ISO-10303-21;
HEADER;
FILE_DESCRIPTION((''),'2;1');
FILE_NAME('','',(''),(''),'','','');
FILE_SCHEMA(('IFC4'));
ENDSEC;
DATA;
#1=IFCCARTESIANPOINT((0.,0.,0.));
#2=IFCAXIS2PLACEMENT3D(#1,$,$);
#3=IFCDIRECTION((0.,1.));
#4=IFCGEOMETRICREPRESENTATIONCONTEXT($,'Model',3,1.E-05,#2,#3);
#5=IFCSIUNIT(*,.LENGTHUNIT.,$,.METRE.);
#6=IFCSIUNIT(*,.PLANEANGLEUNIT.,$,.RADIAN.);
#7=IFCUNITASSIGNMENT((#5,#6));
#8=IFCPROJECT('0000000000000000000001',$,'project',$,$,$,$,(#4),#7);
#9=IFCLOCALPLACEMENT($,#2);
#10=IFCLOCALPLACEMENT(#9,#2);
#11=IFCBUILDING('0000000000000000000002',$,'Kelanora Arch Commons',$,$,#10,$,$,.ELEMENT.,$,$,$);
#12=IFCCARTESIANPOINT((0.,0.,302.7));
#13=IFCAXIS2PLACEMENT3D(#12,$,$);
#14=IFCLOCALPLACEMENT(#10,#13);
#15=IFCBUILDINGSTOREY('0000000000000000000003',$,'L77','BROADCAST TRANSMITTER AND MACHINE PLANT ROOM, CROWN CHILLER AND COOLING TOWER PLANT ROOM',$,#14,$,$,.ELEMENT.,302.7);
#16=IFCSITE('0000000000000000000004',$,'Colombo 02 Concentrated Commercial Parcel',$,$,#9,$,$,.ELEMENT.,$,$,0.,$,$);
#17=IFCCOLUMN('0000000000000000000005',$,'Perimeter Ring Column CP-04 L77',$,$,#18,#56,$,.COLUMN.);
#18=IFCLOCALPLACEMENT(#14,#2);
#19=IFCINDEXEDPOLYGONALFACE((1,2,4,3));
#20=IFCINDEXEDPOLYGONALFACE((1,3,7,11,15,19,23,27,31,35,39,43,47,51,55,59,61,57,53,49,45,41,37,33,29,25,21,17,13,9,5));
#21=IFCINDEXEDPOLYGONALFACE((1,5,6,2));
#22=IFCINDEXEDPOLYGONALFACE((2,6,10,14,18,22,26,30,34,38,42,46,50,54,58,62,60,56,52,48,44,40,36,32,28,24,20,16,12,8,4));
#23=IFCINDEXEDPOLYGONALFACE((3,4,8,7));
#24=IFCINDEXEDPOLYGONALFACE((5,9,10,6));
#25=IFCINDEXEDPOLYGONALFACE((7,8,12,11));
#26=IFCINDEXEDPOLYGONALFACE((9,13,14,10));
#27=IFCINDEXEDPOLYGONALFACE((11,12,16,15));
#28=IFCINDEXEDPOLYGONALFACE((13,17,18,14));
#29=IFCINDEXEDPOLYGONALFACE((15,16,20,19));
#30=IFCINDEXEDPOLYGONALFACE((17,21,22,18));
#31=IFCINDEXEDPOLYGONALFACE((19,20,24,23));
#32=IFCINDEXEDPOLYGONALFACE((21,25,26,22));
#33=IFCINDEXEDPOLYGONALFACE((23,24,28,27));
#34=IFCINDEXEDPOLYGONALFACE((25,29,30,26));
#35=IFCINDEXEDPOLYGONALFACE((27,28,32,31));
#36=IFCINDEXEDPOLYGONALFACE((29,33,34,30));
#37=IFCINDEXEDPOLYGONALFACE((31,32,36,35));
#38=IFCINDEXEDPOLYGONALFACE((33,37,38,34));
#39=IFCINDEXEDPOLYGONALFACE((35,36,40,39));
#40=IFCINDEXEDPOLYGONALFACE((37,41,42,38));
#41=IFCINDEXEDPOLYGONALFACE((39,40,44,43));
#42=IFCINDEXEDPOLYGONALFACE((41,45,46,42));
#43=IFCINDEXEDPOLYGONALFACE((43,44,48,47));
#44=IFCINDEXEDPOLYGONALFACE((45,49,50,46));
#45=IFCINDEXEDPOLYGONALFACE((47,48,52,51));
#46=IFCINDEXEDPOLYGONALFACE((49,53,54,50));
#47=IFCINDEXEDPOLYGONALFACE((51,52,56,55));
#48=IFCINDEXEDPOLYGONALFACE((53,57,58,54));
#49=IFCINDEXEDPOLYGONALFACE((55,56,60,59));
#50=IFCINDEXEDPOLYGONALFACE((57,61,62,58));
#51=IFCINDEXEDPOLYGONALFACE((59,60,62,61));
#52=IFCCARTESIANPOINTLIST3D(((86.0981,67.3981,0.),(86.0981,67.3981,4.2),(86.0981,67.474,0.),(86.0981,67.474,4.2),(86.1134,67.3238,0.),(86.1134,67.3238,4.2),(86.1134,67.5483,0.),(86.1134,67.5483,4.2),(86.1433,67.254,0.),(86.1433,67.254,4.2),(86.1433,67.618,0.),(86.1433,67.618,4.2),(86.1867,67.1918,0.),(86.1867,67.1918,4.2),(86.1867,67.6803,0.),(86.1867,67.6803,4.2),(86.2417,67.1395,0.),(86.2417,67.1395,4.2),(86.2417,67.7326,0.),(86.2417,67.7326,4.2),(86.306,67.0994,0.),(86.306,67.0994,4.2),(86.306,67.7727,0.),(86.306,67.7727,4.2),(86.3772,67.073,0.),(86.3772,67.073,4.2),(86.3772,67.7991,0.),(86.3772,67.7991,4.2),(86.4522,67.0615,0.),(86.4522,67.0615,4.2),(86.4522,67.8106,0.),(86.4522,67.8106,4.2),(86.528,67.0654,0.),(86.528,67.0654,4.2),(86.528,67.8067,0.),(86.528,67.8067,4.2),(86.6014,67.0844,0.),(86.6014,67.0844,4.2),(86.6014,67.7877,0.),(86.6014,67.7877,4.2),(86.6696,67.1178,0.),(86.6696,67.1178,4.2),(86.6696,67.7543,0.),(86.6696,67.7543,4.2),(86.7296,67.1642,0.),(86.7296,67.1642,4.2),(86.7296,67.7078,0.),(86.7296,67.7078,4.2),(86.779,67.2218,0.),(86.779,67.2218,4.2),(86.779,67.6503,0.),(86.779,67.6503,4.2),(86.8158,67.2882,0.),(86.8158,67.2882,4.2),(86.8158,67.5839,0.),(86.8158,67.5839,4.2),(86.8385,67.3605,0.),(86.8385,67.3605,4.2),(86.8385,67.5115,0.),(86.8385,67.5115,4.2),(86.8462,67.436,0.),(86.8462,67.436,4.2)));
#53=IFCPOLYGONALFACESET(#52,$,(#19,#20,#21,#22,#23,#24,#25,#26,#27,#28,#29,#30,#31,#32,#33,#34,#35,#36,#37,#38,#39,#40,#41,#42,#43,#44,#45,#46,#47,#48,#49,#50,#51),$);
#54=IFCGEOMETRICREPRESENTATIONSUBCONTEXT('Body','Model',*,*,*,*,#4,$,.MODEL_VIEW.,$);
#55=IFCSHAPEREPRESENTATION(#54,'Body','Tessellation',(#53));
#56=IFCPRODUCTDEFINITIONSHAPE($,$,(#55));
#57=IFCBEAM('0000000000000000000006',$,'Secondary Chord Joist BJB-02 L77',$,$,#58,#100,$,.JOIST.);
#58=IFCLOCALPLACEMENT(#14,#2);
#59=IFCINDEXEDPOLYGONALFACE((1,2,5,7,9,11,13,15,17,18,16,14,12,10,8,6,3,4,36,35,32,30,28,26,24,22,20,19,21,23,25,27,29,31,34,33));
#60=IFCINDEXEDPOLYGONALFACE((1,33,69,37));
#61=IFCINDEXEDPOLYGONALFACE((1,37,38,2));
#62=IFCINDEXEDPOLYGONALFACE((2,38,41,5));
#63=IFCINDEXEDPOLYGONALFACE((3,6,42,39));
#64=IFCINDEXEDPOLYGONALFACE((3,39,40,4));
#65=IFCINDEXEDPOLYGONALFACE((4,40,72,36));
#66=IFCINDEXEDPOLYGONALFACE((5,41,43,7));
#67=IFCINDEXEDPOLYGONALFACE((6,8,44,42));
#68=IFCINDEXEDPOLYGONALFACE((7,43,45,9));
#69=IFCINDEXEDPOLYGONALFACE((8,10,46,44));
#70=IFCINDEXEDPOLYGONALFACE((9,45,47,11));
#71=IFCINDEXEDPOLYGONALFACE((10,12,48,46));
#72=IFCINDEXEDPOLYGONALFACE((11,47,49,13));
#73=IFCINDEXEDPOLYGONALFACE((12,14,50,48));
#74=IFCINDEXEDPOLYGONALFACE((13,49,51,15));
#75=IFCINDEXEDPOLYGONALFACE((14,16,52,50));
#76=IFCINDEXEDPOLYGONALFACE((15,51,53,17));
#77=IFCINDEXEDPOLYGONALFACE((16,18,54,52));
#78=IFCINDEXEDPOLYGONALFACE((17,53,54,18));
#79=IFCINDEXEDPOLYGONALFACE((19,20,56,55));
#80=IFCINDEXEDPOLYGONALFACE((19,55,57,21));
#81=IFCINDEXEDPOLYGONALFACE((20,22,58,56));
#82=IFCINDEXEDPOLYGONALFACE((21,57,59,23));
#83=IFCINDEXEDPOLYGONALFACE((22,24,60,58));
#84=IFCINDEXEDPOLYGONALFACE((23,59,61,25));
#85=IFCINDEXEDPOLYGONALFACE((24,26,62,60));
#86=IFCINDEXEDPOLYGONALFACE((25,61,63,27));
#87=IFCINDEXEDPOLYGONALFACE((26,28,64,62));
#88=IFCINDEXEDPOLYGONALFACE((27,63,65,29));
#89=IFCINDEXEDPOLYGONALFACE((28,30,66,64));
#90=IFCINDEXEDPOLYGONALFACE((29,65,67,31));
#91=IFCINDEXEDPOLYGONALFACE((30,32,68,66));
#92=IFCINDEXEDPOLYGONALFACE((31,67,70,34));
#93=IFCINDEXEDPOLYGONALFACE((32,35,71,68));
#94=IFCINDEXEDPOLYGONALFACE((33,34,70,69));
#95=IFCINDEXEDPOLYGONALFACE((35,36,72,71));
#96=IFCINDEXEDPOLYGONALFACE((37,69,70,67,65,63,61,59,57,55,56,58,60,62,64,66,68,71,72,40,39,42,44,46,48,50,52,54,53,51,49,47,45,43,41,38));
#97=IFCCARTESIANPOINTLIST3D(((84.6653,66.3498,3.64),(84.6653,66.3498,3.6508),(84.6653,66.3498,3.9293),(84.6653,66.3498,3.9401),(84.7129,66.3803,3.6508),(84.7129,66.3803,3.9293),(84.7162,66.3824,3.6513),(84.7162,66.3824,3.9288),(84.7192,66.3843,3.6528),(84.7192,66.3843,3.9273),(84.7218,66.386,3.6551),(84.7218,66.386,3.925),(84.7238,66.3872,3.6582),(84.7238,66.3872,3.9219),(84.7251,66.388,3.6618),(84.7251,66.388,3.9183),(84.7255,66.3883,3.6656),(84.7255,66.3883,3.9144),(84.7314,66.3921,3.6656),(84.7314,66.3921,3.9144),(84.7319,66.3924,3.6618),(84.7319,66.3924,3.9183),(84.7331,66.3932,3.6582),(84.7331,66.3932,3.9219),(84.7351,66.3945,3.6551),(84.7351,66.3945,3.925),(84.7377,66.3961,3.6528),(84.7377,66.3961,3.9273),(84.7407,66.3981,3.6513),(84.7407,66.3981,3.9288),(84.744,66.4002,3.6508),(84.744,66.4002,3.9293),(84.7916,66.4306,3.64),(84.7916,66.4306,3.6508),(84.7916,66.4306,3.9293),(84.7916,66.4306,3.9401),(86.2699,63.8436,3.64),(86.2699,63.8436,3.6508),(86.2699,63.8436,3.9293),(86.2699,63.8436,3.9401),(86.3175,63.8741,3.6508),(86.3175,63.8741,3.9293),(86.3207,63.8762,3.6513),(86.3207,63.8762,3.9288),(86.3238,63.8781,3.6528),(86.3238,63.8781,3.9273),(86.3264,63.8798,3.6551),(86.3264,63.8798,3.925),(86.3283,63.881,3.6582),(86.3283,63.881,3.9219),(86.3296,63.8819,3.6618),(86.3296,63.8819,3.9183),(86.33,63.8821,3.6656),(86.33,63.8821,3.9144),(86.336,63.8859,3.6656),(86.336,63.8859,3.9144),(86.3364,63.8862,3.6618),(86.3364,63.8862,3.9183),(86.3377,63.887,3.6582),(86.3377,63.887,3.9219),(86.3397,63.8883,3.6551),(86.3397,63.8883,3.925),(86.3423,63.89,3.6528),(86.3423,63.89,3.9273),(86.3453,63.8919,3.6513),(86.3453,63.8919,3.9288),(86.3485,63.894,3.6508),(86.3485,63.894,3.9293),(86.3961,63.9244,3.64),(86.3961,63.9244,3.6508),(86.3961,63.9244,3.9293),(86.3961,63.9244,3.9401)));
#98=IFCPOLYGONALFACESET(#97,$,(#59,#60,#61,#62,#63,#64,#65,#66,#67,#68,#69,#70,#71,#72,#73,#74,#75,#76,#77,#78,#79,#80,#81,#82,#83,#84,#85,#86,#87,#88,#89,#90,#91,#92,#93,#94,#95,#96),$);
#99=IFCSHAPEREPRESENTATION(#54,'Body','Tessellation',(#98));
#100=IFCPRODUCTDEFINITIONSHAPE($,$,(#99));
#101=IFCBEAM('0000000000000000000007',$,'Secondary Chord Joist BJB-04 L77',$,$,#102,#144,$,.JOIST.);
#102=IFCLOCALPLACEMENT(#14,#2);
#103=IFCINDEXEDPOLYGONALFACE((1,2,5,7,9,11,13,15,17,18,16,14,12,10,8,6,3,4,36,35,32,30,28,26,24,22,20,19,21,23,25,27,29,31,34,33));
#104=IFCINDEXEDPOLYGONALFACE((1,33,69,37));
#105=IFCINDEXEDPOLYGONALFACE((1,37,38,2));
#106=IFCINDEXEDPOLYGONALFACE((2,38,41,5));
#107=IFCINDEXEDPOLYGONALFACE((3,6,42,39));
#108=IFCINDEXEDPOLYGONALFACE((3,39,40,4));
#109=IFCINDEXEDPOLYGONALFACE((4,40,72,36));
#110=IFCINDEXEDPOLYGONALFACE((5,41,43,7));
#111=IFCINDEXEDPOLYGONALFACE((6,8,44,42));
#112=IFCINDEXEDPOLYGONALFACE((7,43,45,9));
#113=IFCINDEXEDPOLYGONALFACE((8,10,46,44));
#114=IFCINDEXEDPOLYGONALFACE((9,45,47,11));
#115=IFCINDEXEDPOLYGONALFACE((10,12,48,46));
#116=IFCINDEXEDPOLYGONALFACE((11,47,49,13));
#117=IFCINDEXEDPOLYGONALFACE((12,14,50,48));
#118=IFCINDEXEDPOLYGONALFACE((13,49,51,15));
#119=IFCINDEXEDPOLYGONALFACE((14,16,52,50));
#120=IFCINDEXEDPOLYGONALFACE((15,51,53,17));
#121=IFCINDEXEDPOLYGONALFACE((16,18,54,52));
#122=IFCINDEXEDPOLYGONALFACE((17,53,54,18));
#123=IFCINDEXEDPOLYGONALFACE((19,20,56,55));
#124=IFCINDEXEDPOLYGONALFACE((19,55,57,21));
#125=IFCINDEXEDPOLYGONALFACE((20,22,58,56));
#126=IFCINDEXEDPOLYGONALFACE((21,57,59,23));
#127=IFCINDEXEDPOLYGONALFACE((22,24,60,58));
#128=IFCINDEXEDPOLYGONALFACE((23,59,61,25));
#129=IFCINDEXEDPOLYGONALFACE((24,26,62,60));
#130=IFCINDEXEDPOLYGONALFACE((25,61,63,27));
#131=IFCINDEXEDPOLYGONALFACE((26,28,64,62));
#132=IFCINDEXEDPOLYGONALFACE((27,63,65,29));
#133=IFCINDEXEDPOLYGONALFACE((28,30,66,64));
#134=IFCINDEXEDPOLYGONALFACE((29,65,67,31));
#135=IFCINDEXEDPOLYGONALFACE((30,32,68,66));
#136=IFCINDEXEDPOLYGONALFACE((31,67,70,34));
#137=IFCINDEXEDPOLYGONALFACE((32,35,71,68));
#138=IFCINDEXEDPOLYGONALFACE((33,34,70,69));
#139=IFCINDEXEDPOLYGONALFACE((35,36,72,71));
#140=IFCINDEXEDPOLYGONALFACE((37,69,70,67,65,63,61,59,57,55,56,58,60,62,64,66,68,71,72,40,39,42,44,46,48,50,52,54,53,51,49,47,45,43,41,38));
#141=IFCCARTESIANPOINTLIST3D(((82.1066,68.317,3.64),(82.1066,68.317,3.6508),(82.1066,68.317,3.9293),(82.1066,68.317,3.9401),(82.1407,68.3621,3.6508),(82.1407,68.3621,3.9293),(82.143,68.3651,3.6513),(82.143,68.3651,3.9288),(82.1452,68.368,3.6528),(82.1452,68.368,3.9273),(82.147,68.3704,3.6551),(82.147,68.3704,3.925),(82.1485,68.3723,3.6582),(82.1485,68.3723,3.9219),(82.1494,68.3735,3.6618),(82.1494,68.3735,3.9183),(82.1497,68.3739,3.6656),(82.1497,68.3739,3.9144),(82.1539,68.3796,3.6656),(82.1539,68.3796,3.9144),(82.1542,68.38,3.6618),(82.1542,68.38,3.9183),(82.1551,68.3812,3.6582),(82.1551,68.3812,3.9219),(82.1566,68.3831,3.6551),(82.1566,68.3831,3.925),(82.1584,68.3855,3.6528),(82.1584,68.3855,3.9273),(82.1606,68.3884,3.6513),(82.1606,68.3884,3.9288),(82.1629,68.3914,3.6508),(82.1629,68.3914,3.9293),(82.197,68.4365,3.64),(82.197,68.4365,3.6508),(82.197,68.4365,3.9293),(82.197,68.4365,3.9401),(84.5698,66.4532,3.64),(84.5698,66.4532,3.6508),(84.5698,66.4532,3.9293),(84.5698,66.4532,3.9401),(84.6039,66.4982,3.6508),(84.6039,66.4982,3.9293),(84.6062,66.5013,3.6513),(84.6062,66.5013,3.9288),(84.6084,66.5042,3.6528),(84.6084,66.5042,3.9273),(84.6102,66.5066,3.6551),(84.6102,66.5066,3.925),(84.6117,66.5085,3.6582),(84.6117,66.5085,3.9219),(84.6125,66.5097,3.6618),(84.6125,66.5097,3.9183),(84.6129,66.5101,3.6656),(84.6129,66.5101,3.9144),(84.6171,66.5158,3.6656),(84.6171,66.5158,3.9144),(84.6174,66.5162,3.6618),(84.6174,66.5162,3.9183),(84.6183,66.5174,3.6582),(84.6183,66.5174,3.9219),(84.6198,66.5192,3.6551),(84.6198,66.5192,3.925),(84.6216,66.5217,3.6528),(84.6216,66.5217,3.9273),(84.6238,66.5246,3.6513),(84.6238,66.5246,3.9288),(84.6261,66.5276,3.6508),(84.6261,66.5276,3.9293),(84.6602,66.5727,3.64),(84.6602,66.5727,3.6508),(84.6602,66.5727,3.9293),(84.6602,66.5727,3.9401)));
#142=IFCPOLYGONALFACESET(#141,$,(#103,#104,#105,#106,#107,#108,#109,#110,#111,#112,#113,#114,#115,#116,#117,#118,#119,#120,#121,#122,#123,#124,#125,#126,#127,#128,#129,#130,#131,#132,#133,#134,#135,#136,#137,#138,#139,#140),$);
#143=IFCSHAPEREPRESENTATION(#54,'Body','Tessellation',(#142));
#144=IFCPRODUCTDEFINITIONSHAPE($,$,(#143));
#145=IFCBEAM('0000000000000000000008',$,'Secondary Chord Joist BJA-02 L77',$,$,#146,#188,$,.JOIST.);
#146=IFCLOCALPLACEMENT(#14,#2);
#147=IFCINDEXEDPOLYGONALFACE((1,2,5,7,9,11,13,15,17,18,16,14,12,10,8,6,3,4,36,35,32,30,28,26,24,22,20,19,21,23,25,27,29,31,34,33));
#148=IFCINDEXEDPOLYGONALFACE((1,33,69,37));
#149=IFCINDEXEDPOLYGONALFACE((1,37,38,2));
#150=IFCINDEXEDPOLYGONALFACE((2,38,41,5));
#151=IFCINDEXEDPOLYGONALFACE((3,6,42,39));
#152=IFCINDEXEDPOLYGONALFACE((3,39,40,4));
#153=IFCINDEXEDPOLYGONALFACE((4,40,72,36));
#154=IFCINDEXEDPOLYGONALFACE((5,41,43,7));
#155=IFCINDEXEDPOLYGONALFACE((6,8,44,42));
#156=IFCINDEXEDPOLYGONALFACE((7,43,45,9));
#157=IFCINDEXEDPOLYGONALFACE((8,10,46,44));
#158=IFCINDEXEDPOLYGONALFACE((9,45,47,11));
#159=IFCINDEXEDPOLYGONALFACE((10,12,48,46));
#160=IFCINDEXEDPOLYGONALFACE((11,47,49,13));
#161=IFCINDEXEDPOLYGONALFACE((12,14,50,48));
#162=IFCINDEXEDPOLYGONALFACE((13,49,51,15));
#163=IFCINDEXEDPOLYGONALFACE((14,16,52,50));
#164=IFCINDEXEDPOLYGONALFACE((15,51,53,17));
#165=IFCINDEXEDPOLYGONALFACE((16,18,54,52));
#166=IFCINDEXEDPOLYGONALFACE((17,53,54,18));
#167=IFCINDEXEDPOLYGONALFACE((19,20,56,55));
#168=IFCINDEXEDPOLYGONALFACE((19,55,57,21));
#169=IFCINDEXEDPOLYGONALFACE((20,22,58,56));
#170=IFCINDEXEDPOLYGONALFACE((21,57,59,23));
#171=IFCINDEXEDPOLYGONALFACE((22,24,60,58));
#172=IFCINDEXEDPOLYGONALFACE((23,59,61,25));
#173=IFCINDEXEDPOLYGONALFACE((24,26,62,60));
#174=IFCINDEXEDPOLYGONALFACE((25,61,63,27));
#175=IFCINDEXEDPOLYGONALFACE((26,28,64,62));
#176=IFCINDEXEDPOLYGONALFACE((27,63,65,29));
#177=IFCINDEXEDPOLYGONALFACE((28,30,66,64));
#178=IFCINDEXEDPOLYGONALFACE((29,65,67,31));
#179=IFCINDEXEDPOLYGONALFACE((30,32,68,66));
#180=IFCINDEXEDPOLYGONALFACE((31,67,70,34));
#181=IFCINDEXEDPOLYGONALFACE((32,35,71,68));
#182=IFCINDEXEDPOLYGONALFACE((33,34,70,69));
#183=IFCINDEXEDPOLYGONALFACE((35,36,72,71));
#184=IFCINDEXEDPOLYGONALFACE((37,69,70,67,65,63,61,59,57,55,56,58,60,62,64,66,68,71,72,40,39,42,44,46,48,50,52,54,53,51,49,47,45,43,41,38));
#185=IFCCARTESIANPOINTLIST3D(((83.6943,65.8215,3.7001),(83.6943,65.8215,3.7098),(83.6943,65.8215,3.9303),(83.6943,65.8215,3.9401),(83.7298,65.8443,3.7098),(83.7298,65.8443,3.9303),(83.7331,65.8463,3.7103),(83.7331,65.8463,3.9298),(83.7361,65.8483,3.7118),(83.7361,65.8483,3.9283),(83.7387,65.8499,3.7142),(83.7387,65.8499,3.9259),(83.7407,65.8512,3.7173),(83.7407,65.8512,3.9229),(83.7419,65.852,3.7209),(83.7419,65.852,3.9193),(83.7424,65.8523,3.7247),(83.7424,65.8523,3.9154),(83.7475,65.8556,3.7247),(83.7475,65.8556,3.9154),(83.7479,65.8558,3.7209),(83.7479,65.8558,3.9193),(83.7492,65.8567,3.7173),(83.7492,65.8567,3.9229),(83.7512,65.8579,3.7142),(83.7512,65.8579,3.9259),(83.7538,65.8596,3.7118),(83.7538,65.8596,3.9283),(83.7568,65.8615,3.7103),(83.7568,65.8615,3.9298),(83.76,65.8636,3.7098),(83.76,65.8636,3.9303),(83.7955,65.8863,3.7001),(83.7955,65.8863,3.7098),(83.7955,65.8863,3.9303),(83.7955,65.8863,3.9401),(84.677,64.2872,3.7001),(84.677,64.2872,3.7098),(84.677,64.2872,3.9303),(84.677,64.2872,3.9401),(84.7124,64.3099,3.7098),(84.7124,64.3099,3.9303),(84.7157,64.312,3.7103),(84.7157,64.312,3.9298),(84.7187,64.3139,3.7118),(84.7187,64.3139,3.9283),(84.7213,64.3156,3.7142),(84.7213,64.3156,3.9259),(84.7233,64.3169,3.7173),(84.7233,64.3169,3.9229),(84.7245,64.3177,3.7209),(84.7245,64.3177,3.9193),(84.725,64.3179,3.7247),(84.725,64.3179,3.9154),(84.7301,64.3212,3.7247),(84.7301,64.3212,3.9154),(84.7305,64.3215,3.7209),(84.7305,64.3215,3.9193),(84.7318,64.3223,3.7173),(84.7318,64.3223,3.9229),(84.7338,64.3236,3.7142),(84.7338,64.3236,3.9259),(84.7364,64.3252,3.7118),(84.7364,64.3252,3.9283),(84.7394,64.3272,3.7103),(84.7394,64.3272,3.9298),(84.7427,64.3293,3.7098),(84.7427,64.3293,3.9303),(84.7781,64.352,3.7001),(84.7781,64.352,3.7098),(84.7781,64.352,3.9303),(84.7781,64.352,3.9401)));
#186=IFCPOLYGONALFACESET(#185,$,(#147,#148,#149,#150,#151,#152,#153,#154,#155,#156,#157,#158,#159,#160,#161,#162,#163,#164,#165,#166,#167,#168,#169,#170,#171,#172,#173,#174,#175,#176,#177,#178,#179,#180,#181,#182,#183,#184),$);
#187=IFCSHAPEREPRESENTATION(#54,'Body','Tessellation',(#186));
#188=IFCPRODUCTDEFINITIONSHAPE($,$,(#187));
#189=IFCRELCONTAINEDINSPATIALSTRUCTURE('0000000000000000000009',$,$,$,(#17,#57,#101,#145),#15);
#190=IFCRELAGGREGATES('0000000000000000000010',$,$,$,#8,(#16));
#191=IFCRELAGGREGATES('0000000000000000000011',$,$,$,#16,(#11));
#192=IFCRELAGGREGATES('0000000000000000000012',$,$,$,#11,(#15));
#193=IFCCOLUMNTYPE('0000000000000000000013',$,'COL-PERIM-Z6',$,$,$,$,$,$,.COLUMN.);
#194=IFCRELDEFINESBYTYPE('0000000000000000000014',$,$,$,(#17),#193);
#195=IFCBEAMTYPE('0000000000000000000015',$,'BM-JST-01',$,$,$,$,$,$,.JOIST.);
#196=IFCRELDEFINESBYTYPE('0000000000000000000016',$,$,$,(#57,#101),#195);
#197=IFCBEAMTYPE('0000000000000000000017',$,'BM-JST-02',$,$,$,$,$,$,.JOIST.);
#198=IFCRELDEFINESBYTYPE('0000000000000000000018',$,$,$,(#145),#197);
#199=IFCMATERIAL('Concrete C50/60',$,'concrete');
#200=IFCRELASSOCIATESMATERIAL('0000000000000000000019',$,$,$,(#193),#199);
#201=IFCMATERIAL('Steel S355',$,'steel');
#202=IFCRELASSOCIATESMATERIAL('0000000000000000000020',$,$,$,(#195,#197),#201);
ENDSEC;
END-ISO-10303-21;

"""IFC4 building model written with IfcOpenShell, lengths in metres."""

from ifc_helpers import new_model, si_unit, direction, frame, origin, origin_2d, place, context, subcontext, project, spatial, circle, i_section, extrude, material, material_profile, profile_set, type_object, element, save


model = new_model("IFC4")

# Units and contexts
model_context = context("Model", 3, precision=1e-05, world=origin(), true_north=direction((0.0, 1.0)))
body_context = subcontext(model_context, "Body", "Model", "MODEL_VIEW")
ifc_project = project(units=[si_unit("LENGTHUNIT", "METRE"), si_unit("PLANEANGLEUNIT", "RADIAN")], contexts=[model_context])

# Site, building, storey
site_placement = place(None, origin())
site = spatial("IfcSite", under=ifc_project, at=site_placement, Name="Colombo 02 Concentrated Commercial Parcel", CompositionType="ELEMENT", RefElevation=0.0)
building_placement = place(site_placement, origin())
building = spatial("IfcBuilding", under=site, at=building_placement, Name="Kelanora Arch Commons", CompositionType="ELEMENT")
storey_placement = place(building_placement, frame((0.0, 0.0, 302.7)))
storey = spatial("IfcBuildingStorey", under=building, at=storey_placement, Name="L77", Description="BROADCAST TRANSMITTER AND MACHINE PLANT ROOM, CROWN CHILLER AND COOLING TOWER PLANT ROOM", CompositionType="ELEMENT", Elevation=302.7)

# Column
ifc_material_1 = material(Name="Concrete C50/60", Category="concrete")
ifc_material_profile_1 = material_profile(ifc_material_1, circle(Radius=0.375, at=origin_2d()), Name="RCC750")
ifc_profile_set_1 = profile_set([ifc_material_profile_1], Name="Concrete C50/60")
column_type = type_object("IfcColumnType", Name="COL-PERIM-Z6", PredefinedType="COLUMN", material=ifc_profile_set_1)
column_placement = place(storey_placement, frame((86.4712, 67.436, 0.0), z_axis=(0.0, 0.0, 1.0), x_axis=(1.0, 0.0, 0.0)))
element("IfcColumn", 1, at=column_placement, inside=storey, type_object=column_type, Name="Perimeter Ring Column CP-04 L77", PredefinedType="COLUMN", context=body_context, shape_type="SweptSolid", body=[
    extrude(circle(Radius=0.375, at=origin_2d()), origin(), (0.0, 0.0, 1.0), 4.2),
])

# Beams
ifc_material_2 = material(Name="Steel S355", Category="steel")
ifc_material_profile_2 = material_profile(ifc_material_2, i_section(OverallWidth=0.1499, OverallDepth=0.3, WebThickness=0.0071, FlangeThickness=0.0107, FilletRadius=0.0149, at=origin_2d()), Name="IPE300")
ifc_profile_set_2 = profile_set([ifc_material_profile_2], Name="Steel S355")
beam_type_1 = type_object("IfcBeamType", Name="BM-JST-01", PredefinedType="JOIST", material=ifc_profile_set_2)
beam_1_placement = place(storey_placement, frame((86.333, 63.884, 3.79), z_axis=(-0.539193, 0.842182, 0.0), x_axis=(-0.842182, -0.539193, 0.0)))
element("IfcBeam", 2, at=beam_1_placement, inside=storey, type_object=beam_type_1, Name="Secondary Chord Joist BJB-02 L77", PredefinedType="JOIST", context=body_context, shape_type="SweptSolid", body=[
    extrude(i_section(OverallWidth=0.1499, OverallDepth=0.3, WebThickness=0.0071, FlangeThickness=0.0107, FilletRadius=0.0149, at=origin_2d()), origin(), (0.0, 0.0, 1.0), 2.9758),
])
beam_2_placement = place(storey_placement, frame((84.615, 66.5129, 3.79), z_axis=(-0.797441, 0.603396, 0.0), x_axis=(-0.603396, -0.797441, 0.0)))
element("IfcBeam", 3, at=beam_2_placement, inside=storey, type_object=beam_type_1, Name="Secondary Chord Joist BJB-04 L77", PredefinedType="JOIST", context=body_context, shape_type="SweptSolid", body=[
    extrude(i_section(OverallWidth=0.1499, OverallDepth=0.3, WebThickness=0.0071, FlangeThickness=0.0107, FilletRadius=0.0149, at=origin_2d()), origin(), (0.0, 0.0, 1.0), 3.0889),
])
ifc_material_profile_3 = material_profile(ifc_material_2, i_section(OverallWidth=0.1201, OverallDepth=0.24, WebThickness=0.0061, FlangeThickness=0.0098, FilletRadius=0.0149, at=origin_2d()), Name="IPE240")
ifc_profile_set_3 = profile_set([ifc_material_profile_3], Name="Steel S355")
beam_type_2 = type_object("IfcBeamType", Name="BM-JST-02", PredefinedType="JOIST", material=ifc_profile_set_3)
beam_3_placement = place(storey_placement, frame((84.7275, 64.3196, 3.8201), z_axis=(-0.539301, 0.842113, 0.0), x_axis=(-0.842113, -0.539301, 0.0)))
element("IfcBeam", 4, at=beam_3_placement, inside=storey, type_object=beam_type_2, Name="Secondary Chord Joist BJA-02 L77", PredefinedType="JOIST", context=body_context, shape_type="SweptSolid", body=[
    extrude(i_section(OverallWidth=0.1201, OverallDepth=0.24, WebThickness=0.0061, FlangeThickness=0.0098, FilletRadius=0.0149, at=origin_2d()), origin(), (0.0, 0.0, 1.0), 1.822),
])

save(model, "model.ifc")
